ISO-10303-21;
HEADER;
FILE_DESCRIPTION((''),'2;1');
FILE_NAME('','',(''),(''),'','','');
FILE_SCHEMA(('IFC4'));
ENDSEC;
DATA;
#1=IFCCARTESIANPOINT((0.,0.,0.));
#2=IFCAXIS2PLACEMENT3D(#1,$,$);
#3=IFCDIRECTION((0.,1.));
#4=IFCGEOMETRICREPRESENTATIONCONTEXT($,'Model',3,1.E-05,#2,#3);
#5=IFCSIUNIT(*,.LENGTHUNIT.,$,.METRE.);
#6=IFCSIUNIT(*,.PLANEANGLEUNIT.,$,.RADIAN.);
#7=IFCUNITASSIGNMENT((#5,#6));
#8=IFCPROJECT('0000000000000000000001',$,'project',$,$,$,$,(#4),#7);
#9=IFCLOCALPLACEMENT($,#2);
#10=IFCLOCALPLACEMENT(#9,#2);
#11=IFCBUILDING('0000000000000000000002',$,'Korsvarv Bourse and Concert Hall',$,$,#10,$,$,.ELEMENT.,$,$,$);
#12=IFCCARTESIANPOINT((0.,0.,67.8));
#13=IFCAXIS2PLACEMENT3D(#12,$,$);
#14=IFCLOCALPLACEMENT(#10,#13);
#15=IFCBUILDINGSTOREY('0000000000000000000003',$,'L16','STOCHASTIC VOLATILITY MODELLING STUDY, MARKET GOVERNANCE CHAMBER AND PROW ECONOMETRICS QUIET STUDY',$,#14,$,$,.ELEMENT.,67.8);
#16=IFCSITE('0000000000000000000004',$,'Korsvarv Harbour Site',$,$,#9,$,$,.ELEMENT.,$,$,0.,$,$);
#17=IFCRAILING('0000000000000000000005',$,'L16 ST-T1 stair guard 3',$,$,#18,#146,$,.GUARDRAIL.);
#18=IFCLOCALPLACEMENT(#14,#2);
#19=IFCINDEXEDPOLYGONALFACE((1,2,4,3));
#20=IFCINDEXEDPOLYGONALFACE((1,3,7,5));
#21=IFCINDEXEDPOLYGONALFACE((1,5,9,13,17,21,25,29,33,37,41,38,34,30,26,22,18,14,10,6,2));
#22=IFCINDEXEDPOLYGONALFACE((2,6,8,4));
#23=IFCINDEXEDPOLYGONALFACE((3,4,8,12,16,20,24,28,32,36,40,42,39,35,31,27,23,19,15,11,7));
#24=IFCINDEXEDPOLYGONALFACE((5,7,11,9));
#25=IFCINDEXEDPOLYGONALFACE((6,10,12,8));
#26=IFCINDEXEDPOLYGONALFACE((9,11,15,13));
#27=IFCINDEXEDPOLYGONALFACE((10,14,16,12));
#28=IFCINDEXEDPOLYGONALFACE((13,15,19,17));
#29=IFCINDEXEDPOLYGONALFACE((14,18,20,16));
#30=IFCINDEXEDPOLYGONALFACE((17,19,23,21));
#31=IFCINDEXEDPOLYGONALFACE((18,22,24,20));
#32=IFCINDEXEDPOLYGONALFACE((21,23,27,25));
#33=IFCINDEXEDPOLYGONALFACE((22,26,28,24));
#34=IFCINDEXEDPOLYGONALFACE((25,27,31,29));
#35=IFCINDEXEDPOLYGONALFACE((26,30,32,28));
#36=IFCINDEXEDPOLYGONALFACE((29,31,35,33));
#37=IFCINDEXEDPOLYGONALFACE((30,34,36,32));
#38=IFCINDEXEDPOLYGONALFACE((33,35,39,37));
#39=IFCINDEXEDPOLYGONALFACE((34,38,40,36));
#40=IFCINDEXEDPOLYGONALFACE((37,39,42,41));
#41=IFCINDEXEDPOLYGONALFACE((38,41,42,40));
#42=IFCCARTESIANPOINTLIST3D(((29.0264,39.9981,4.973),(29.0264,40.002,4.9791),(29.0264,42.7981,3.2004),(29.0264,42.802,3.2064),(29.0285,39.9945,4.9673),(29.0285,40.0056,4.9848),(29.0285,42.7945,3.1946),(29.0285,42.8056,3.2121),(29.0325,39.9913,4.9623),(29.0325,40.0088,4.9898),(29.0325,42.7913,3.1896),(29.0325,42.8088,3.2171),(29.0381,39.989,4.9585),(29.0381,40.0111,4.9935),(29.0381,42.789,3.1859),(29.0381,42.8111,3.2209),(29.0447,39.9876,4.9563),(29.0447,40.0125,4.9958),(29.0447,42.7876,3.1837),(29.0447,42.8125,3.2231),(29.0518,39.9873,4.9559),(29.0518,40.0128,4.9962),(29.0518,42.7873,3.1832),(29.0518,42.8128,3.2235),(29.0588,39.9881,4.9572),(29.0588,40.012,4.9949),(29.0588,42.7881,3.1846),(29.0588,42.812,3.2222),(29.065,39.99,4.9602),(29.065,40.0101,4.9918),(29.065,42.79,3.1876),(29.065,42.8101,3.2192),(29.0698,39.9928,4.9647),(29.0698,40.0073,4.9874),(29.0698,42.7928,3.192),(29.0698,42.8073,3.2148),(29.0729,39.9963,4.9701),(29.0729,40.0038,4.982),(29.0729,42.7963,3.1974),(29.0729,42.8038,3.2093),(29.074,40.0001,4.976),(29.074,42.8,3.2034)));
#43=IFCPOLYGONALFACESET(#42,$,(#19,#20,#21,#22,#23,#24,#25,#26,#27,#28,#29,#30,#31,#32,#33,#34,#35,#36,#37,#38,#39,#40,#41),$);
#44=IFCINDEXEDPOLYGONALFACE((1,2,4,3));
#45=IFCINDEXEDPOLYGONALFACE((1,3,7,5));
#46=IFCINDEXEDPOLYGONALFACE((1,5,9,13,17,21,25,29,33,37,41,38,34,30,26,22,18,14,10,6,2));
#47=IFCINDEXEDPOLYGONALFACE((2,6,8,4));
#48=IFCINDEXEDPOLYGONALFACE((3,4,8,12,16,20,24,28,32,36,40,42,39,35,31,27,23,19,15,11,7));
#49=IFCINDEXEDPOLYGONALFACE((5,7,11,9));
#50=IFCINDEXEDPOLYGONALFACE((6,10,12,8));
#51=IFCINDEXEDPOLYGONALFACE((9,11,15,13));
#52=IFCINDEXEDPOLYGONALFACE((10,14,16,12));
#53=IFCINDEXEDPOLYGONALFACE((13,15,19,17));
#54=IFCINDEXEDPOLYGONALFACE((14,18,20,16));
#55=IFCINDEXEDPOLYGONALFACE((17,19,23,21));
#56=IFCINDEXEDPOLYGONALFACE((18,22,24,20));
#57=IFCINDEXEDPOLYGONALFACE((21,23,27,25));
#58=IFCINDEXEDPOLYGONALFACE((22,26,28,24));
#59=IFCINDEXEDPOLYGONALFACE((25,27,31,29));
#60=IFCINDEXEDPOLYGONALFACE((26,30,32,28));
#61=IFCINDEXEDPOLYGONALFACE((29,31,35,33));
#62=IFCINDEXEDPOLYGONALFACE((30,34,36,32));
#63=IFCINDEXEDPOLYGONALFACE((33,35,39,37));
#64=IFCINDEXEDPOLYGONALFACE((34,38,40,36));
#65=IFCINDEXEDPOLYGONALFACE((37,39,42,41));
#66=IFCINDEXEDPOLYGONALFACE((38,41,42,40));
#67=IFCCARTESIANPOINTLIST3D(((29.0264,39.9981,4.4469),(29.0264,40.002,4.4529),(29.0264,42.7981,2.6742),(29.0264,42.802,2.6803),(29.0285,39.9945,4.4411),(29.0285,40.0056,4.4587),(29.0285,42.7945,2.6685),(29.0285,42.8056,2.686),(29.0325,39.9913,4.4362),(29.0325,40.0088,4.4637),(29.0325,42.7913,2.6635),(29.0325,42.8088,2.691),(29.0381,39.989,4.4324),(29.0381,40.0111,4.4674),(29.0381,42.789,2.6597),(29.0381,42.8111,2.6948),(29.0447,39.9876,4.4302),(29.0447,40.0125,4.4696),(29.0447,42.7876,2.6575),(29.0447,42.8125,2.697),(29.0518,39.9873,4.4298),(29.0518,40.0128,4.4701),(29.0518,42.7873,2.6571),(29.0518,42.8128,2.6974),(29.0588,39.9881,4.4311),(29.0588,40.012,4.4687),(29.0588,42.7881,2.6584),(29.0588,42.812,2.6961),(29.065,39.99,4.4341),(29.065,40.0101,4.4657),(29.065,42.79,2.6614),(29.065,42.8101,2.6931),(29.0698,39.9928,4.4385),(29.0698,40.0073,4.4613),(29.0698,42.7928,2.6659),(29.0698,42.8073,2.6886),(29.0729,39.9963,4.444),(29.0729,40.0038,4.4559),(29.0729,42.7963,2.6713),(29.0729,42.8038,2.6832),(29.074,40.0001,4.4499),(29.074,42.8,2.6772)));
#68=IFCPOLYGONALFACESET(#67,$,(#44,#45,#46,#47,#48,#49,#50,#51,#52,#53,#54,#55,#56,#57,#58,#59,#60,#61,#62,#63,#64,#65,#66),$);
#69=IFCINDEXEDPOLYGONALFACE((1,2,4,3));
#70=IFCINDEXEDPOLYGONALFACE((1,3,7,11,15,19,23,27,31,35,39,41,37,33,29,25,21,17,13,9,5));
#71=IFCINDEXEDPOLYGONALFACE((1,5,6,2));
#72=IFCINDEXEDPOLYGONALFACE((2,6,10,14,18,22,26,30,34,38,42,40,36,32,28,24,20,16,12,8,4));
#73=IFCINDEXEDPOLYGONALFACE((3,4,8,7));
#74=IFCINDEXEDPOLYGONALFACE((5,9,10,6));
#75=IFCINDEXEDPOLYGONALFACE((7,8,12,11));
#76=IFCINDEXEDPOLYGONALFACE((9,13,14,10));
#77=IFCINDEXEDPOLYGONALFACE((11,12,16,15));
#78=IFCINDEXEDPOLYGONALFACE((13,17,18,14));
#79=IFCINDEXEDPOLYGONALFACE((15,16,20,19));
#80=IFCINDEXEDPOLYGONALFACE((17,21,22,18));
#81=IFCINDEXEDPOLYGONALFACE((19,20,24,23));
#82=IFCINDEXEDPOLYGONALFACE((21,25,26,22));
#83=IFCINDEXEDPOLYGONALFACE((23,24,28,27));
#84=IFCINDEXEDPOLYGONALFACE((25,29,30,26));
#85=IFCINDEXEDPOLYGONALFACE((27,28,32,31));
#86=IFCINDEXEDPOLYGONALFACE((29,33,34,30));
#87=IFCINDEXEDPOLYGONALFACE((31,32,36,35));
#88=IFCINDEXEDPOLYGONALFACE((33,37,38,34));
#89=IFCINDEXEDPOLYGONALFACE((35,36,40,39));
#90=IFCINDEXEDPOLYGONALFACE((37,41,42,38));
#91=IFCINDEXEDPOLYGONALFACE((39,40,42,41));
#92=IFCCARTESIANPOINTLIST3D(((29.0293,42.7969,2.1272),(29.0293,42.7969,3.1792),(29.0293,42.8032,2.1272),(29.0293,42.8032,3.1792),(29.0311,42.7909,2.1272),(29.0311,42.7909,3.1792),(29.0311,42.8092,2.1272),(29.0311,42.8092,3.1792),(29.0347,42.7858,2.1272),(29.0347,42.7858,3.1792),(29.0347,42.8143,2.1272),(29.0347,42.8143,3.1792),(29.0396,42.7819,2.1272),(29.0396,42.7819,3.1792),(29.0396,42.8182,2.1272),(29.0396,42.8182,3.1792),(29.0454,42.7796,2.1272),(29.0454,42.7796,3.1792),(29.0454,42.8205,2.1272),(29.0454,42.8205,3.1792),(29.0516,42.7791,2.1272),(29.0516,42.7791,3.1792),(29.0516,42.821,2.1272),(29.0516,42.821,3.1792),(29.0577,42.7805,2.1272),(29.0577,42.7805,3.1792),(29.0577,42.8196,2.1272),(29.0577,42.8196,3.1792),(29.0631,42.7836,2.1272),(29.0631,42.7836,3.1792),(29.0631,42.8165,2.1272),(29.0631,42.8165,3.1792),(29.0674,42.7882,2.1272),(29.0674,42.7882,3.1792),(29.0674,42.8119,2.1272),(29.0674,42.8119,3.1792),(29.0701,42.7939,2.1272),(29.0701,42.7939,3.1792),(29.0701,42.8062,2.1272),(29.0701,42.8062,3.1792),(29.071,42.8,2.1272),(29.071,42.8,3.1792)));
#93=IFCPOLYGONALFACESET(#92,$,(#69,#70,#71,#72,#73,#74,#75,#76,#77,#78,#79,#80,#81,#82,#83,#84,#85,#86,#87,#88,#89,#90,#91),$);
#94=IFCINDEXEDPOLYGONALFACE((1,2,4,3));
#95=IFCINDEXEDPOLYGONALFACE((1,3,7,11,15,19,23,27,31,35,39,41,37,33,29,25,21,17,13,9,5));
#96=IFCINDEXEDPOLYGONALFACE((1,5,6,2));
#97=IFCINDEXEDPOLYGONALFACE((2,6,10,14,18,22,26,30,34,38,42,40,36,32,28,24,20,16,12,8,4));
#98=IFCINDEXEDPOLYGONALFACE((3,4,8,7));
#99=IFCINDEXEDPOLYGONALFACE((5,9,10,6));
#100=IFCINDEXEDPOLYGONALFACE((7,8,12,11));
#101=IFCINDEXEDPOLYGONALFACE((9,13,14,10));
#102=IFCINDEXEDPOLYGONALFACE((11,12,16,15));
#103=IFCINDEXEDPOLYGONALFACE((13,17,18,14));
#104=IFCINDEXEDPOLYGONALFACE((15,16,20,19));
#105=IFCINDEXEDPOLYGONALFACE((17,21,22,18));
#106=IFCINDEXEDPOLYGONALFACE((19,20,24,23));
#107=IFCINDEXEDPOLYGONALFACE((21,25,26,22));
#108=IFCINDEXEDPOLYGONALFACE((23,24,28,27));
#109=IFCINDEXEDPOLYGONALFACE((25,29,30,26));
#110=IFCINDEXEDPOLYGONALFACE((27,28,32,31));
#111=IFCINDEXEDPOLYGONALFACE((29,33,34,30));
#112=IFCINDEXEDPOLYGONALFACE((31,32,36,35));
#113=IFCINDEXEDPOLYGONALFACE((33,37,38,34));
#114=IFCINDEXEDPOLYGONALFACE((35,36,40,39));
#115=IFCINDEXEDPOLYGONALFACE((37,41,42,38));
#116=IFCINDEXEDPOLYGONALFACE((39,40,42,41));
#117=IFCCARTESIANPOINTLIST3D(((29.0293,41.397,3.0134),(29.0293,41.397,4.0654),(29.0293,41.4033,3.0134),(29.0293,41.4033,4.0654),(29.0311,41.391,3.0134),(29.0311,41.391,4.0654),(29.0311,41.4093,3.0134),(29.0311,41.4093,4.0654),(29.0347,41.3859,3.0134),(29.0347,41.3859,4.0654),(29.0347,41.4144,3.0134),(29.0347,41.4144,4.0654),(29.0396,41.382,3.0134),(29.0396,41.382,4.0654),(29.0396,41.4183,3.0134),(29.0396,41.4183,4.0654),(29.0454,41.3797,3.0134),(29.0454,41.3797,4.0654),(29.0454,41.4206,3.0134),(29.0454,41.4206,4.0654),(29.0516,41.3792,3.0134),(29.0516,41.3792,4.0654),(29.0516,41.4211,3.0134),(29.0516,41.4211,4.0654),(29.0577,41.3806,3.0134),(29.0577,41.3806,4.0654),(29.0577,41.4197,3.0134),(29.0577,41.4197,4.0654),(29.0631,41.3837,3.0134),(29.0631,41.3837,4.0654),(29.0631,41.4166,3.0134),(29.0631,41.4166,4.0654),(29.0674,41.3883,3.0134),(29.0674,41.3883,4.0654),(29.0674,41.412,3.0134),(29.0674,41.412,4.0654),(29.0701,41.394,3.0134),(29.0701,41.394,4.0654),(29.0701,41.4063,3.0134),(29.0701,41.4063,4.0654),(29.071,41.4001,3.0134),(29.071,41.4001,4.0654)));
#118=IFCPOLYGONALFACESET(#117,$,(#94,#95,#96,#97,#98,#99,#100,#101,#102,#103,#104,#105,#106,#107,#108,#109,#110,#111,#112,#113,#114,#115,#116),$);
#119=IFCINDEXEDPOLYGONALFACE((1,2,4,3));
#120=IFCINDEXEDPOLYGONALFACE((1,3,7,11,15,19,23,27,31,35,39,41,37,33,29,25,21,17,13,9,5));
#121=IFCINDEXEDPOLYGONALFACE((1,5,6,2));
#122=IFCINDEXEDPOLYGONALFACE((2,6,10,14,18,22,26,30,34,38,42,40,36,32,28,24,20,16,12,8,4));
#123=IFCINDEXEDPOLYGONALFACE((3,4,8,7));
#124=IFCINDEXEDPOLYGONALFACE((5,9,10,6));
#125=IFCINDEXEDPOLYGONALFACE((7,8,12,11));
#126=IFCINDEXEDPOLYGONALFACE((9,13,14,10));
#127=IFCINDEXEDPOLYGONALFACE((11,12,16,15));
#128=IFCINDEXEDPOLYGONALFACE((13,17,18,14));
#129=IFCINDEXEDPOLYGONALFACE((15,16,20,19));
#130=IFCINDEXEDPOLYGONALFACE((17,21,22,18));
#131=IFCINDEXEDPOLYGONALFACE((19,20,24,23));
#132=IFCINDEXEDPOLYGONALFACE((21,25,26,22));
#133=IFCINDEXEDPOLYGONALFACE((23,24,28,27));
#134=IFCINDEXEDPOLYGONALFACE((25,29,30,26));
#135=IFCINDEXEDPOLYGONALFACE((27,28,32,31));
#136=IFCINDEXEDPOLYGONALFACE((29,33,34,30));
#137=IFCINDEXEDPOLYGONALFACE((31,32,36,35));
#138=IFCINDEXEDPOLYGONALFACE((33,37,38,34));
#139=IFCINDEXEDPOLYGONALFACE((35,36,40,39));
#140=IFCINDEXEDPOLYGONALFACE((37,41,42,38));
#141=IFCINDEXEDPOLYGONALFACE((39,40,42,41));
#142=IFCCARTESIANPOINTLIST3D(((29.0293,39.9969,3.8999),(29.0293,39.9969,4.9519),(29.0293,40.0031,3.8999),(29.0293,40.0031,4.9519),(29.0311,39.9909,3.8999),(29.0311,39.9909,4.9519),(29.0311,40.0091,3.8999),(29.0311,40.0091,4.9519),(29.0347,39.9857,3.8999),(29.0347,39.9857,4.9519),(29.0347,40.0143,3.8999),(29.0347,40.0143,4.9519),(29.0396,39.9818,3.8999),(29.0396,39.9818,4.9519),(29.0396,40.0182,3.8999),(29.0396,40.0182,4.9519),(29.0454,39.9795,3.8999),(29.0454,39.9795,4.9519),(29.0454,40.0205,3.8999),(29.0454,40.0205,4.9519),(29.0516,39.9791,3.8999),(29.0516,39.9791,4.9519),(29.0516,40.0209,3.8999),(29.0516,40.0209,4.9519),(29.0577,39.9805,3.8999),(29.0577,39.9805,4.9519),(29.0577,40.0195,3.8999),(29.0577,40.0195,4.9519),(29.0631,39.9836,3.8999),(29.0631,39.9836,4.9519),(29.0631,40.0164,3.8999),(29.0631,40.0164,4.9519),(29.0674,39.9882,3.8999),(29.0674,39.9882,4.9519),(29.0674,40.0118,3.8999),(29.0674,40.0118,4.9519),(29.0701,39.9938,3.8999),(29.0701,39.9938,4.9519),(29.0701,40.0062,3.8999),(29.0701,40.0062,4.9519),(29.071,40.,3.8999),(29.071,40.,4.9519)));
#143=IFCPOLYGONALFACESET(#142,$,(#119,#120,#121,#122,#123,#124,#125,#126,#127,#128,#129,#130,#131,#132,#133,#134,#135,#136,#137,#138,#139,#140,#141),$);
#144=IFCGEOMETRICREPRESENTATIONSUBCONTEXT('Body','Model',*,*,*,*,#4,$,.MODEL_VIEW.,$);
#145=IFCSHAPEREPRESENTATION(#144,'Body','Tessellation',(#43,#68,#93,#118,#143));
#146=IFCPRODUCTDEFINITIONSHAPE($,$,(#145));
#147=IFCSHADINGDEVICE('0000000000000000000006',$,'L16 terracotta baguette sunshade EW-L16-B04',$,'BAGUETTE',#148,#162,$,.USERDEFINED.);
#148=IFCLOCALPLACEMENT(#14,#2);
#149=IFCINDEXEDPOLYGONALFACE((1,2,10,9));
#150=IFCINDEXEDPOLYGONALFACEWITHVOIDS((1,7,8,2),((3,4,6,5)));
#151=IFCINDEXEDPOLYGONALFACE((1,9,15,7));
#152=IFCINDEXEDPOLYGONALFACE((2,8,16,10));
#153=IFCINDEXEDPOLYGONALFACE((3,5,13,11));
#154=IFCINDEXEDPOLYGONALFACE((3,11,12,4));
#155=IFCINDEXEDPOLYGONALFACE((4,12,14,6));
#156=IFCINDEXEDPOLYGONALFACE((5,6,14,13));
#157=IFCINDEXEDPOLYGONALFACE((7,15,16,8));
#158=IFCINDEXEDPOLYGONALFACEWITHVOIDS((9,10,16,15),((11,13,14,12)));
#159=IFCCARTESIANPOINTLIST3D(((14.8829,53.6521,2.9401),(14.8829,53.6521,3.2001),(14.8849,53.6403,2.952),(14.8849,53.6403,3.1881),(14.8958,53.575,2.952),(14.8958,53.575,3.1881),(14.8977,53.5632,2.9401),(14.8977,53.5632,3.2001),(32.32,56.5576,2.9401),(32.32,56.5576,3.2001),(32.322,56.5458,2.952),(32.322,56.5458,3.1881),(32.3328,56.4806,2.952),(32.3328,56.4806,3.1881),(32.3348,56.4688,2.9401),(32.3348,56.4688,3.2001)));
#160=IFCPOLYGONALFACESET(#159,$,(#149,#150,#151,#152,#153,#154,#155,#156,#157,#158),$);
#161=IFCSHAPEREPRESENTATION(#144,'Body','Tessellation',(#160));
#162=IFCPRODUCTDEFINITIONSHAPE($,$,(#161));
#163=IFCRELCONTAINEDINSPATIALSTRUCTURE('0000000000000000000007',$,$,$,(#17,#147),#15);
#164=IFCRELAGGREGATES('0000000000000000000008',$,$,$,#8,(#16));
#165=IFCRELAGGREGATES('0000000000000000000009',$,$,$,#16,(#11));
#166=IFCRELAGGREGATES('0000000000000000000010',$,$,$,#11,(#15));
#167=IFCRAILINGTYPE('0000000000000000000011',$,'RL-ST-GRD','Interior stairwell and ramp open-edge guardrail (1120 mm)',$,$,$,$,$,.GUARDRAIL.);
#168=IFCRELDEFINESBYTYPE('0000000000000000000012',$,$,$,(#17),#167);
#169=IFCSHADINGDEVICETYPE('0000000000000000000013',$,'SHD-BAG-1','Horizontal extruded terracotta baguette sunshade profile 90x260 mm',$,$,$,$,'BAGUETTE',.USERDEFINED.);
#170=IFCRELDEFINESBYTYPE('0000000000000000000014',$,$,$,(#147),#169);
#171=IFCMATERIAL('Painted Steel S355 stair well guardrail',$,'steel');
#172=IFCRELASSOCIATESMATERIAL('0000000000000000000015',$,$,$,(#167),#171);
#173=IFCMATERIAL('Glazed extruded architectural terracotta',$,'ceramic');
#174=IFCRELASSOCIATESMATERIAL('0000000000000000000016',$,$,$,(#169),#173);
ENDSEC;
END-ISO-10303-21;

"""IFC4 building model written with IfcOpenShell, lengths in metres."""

from ifc_helpers import new_model, si_unit, direction, frame, origin, origin_2d, place, context, subcontext, project, spatial, hollow_rectangle, circle, extrude, source, transform, mapped, material, material_profile, profile_set, type_object, element, save


model = new_model("IFC4")

# Units and contexts
model_context = context("Model", 3, precision=1e-05, world=origin(), true_north=direction((0.0, 1.0)))
body_context = subcontext(model_context, "Body", "Model", "MODEL_VIEW")
ifc_project = project(units=[si_unit("LENGTHUNIT", "METRE"), si_unit("PLANEANGLEUNIT", "RADIAN")], contexts=[model_context])

# Site, building, storey
site_placement = place(None, origin())
site = spatial("IfcSite", under=ifc_project, at=site_placement, Name="Korsvarv Harbour Site", CompositionType="ELEMENT", RefElevation=0.0)
building_placement = place(site_placement, origin())
building = spatial("IfcBuilding", under=site, at=building_placement, Name="Korsvarv Bourse and Concert Hall", CompositionType="ELEMENT")
storey_placement = place(building_placement, frame((0.0, 0.0, 67.8)))
storey = spatial("IfcBuildingStorey", under=building, at=storey_placement, Name="L16", Description="STOCHASTIC VOLATILITY MODELLING STUDY, MARKET GOVERNANCE CHAMBER AND PROW ECONOMETRICS QUIET STUDY", CompositionType="ELEMENT", Elevation=67.8)

# Railing
ifc_material_1 = material(Name="Painted Steel S355 stair well guardrail", Category="steel")
railing_type = type_object("IfcRailingType", Name="RL-ST-GRD", Description="Interior stairwell and ramp open-edge guardrail (1120 mm)", PredefinedType="GUARDRAIL", material=ifc_material_1)
railing_1_placement = place(storey_placement, frame((29.05, 42.8, 2.1272)))
element("IfcRailing", 1, at=railing_1_placement, inside=storey, type_object=railing_type, Name="L16 ST-T1 stair guard 3", PredefinedType="GUARDRAIL", context=body_context, shape_type="SweptSolid", body=[
    extrude(circle(Radius=0.0239, at=origin_2d()), frame((0.0, 0.0, 1.0762), z_axis=(0.0, -0.844909, 0.53491), x_axis=(1.0, 0.0, 0.0)), (0.0, 0.0, 1.0), 3.314),
    extrude(circle(Radius=0.0239, at=origin_2d()), frame((0.0, 0.0, 0.55), z_axis=(0.0, -0.844909, 0.53491), x_axis=(1.0, 0.0, 0.0)), (0.0, 0.0, 1.0), 3.314),
    extrude(circle(Radius=0.021, at=origin_2d()), origin(), (0.0, 0.0, 1.0), 1.052),
    extrude(circle(Radius=0.021, at=origin_2d()), frame((0.0, -1.3999, 0.8862)), (0.0, 0.0, 1.0), 1.052),
    extrude(circle(Radius=0.021, at=origin_2d()), frame((0.0, -2.8, 1.7727)), (0.0, 0.0, 1.0), 1.052),
])

# Shading device
ifc_material_2 = material(Name="Glazed extruded architectural terracotta", Category="ceramic")
ifc_material_profile_1 = material_profile(ifc_material_2, hollow_rectangle(XDim=0.0901, YDim=0.26, WallThickness=0.012, at=origin_2d()), Name="TC-BAG 90x260")
ifc_profile_set_1 = profile_set([ifc_material_profile_1], Name="Glazed extruded architectural terracotta")
shading_device_type = type_object("IfcShadingDeviceType", Name="SHD-BAG-1", Description="Horizontal extruded terracotta baguette sunshade profile 90x260 mm", ElementType="BAGUETTE", PredefinedType="USERDEFINED", material=ifc_profile_set_1)
shared_shape_1 = source(origin(), body_context, "Body", "SweptSolid", [
    extrude(hollow_rectangle(XDim=0.0901, YDim=0.26, WallThickness=0.012, at=origin_2d()), origin(), (0.0, 0.0, 1.0), 17.6775),
])
shading_device_placement = place(storey_placement, frame((32.3274, 56.5132, 3.0701), z_axis=(-0.9864, -0.164363, 0.0), x_axis=(0.164363, -0.9864, 0.0)))
element("IfcShadingDevice", 2, at=shading_device_placement, inside=storey, type_object=shading_device_type, Name="L16 terracotta baguette sunshade EW-L16-B04", ObjectType="BAGUETTE", PredefinedType="USERDEFINED", context=body_context, shape_type="MappedRepresentation", body=[
    mapped(shared_shape_1, transform((0.0, 0.0, 0.0), scale=1.0)),
])

save(model, "model.ifc")
